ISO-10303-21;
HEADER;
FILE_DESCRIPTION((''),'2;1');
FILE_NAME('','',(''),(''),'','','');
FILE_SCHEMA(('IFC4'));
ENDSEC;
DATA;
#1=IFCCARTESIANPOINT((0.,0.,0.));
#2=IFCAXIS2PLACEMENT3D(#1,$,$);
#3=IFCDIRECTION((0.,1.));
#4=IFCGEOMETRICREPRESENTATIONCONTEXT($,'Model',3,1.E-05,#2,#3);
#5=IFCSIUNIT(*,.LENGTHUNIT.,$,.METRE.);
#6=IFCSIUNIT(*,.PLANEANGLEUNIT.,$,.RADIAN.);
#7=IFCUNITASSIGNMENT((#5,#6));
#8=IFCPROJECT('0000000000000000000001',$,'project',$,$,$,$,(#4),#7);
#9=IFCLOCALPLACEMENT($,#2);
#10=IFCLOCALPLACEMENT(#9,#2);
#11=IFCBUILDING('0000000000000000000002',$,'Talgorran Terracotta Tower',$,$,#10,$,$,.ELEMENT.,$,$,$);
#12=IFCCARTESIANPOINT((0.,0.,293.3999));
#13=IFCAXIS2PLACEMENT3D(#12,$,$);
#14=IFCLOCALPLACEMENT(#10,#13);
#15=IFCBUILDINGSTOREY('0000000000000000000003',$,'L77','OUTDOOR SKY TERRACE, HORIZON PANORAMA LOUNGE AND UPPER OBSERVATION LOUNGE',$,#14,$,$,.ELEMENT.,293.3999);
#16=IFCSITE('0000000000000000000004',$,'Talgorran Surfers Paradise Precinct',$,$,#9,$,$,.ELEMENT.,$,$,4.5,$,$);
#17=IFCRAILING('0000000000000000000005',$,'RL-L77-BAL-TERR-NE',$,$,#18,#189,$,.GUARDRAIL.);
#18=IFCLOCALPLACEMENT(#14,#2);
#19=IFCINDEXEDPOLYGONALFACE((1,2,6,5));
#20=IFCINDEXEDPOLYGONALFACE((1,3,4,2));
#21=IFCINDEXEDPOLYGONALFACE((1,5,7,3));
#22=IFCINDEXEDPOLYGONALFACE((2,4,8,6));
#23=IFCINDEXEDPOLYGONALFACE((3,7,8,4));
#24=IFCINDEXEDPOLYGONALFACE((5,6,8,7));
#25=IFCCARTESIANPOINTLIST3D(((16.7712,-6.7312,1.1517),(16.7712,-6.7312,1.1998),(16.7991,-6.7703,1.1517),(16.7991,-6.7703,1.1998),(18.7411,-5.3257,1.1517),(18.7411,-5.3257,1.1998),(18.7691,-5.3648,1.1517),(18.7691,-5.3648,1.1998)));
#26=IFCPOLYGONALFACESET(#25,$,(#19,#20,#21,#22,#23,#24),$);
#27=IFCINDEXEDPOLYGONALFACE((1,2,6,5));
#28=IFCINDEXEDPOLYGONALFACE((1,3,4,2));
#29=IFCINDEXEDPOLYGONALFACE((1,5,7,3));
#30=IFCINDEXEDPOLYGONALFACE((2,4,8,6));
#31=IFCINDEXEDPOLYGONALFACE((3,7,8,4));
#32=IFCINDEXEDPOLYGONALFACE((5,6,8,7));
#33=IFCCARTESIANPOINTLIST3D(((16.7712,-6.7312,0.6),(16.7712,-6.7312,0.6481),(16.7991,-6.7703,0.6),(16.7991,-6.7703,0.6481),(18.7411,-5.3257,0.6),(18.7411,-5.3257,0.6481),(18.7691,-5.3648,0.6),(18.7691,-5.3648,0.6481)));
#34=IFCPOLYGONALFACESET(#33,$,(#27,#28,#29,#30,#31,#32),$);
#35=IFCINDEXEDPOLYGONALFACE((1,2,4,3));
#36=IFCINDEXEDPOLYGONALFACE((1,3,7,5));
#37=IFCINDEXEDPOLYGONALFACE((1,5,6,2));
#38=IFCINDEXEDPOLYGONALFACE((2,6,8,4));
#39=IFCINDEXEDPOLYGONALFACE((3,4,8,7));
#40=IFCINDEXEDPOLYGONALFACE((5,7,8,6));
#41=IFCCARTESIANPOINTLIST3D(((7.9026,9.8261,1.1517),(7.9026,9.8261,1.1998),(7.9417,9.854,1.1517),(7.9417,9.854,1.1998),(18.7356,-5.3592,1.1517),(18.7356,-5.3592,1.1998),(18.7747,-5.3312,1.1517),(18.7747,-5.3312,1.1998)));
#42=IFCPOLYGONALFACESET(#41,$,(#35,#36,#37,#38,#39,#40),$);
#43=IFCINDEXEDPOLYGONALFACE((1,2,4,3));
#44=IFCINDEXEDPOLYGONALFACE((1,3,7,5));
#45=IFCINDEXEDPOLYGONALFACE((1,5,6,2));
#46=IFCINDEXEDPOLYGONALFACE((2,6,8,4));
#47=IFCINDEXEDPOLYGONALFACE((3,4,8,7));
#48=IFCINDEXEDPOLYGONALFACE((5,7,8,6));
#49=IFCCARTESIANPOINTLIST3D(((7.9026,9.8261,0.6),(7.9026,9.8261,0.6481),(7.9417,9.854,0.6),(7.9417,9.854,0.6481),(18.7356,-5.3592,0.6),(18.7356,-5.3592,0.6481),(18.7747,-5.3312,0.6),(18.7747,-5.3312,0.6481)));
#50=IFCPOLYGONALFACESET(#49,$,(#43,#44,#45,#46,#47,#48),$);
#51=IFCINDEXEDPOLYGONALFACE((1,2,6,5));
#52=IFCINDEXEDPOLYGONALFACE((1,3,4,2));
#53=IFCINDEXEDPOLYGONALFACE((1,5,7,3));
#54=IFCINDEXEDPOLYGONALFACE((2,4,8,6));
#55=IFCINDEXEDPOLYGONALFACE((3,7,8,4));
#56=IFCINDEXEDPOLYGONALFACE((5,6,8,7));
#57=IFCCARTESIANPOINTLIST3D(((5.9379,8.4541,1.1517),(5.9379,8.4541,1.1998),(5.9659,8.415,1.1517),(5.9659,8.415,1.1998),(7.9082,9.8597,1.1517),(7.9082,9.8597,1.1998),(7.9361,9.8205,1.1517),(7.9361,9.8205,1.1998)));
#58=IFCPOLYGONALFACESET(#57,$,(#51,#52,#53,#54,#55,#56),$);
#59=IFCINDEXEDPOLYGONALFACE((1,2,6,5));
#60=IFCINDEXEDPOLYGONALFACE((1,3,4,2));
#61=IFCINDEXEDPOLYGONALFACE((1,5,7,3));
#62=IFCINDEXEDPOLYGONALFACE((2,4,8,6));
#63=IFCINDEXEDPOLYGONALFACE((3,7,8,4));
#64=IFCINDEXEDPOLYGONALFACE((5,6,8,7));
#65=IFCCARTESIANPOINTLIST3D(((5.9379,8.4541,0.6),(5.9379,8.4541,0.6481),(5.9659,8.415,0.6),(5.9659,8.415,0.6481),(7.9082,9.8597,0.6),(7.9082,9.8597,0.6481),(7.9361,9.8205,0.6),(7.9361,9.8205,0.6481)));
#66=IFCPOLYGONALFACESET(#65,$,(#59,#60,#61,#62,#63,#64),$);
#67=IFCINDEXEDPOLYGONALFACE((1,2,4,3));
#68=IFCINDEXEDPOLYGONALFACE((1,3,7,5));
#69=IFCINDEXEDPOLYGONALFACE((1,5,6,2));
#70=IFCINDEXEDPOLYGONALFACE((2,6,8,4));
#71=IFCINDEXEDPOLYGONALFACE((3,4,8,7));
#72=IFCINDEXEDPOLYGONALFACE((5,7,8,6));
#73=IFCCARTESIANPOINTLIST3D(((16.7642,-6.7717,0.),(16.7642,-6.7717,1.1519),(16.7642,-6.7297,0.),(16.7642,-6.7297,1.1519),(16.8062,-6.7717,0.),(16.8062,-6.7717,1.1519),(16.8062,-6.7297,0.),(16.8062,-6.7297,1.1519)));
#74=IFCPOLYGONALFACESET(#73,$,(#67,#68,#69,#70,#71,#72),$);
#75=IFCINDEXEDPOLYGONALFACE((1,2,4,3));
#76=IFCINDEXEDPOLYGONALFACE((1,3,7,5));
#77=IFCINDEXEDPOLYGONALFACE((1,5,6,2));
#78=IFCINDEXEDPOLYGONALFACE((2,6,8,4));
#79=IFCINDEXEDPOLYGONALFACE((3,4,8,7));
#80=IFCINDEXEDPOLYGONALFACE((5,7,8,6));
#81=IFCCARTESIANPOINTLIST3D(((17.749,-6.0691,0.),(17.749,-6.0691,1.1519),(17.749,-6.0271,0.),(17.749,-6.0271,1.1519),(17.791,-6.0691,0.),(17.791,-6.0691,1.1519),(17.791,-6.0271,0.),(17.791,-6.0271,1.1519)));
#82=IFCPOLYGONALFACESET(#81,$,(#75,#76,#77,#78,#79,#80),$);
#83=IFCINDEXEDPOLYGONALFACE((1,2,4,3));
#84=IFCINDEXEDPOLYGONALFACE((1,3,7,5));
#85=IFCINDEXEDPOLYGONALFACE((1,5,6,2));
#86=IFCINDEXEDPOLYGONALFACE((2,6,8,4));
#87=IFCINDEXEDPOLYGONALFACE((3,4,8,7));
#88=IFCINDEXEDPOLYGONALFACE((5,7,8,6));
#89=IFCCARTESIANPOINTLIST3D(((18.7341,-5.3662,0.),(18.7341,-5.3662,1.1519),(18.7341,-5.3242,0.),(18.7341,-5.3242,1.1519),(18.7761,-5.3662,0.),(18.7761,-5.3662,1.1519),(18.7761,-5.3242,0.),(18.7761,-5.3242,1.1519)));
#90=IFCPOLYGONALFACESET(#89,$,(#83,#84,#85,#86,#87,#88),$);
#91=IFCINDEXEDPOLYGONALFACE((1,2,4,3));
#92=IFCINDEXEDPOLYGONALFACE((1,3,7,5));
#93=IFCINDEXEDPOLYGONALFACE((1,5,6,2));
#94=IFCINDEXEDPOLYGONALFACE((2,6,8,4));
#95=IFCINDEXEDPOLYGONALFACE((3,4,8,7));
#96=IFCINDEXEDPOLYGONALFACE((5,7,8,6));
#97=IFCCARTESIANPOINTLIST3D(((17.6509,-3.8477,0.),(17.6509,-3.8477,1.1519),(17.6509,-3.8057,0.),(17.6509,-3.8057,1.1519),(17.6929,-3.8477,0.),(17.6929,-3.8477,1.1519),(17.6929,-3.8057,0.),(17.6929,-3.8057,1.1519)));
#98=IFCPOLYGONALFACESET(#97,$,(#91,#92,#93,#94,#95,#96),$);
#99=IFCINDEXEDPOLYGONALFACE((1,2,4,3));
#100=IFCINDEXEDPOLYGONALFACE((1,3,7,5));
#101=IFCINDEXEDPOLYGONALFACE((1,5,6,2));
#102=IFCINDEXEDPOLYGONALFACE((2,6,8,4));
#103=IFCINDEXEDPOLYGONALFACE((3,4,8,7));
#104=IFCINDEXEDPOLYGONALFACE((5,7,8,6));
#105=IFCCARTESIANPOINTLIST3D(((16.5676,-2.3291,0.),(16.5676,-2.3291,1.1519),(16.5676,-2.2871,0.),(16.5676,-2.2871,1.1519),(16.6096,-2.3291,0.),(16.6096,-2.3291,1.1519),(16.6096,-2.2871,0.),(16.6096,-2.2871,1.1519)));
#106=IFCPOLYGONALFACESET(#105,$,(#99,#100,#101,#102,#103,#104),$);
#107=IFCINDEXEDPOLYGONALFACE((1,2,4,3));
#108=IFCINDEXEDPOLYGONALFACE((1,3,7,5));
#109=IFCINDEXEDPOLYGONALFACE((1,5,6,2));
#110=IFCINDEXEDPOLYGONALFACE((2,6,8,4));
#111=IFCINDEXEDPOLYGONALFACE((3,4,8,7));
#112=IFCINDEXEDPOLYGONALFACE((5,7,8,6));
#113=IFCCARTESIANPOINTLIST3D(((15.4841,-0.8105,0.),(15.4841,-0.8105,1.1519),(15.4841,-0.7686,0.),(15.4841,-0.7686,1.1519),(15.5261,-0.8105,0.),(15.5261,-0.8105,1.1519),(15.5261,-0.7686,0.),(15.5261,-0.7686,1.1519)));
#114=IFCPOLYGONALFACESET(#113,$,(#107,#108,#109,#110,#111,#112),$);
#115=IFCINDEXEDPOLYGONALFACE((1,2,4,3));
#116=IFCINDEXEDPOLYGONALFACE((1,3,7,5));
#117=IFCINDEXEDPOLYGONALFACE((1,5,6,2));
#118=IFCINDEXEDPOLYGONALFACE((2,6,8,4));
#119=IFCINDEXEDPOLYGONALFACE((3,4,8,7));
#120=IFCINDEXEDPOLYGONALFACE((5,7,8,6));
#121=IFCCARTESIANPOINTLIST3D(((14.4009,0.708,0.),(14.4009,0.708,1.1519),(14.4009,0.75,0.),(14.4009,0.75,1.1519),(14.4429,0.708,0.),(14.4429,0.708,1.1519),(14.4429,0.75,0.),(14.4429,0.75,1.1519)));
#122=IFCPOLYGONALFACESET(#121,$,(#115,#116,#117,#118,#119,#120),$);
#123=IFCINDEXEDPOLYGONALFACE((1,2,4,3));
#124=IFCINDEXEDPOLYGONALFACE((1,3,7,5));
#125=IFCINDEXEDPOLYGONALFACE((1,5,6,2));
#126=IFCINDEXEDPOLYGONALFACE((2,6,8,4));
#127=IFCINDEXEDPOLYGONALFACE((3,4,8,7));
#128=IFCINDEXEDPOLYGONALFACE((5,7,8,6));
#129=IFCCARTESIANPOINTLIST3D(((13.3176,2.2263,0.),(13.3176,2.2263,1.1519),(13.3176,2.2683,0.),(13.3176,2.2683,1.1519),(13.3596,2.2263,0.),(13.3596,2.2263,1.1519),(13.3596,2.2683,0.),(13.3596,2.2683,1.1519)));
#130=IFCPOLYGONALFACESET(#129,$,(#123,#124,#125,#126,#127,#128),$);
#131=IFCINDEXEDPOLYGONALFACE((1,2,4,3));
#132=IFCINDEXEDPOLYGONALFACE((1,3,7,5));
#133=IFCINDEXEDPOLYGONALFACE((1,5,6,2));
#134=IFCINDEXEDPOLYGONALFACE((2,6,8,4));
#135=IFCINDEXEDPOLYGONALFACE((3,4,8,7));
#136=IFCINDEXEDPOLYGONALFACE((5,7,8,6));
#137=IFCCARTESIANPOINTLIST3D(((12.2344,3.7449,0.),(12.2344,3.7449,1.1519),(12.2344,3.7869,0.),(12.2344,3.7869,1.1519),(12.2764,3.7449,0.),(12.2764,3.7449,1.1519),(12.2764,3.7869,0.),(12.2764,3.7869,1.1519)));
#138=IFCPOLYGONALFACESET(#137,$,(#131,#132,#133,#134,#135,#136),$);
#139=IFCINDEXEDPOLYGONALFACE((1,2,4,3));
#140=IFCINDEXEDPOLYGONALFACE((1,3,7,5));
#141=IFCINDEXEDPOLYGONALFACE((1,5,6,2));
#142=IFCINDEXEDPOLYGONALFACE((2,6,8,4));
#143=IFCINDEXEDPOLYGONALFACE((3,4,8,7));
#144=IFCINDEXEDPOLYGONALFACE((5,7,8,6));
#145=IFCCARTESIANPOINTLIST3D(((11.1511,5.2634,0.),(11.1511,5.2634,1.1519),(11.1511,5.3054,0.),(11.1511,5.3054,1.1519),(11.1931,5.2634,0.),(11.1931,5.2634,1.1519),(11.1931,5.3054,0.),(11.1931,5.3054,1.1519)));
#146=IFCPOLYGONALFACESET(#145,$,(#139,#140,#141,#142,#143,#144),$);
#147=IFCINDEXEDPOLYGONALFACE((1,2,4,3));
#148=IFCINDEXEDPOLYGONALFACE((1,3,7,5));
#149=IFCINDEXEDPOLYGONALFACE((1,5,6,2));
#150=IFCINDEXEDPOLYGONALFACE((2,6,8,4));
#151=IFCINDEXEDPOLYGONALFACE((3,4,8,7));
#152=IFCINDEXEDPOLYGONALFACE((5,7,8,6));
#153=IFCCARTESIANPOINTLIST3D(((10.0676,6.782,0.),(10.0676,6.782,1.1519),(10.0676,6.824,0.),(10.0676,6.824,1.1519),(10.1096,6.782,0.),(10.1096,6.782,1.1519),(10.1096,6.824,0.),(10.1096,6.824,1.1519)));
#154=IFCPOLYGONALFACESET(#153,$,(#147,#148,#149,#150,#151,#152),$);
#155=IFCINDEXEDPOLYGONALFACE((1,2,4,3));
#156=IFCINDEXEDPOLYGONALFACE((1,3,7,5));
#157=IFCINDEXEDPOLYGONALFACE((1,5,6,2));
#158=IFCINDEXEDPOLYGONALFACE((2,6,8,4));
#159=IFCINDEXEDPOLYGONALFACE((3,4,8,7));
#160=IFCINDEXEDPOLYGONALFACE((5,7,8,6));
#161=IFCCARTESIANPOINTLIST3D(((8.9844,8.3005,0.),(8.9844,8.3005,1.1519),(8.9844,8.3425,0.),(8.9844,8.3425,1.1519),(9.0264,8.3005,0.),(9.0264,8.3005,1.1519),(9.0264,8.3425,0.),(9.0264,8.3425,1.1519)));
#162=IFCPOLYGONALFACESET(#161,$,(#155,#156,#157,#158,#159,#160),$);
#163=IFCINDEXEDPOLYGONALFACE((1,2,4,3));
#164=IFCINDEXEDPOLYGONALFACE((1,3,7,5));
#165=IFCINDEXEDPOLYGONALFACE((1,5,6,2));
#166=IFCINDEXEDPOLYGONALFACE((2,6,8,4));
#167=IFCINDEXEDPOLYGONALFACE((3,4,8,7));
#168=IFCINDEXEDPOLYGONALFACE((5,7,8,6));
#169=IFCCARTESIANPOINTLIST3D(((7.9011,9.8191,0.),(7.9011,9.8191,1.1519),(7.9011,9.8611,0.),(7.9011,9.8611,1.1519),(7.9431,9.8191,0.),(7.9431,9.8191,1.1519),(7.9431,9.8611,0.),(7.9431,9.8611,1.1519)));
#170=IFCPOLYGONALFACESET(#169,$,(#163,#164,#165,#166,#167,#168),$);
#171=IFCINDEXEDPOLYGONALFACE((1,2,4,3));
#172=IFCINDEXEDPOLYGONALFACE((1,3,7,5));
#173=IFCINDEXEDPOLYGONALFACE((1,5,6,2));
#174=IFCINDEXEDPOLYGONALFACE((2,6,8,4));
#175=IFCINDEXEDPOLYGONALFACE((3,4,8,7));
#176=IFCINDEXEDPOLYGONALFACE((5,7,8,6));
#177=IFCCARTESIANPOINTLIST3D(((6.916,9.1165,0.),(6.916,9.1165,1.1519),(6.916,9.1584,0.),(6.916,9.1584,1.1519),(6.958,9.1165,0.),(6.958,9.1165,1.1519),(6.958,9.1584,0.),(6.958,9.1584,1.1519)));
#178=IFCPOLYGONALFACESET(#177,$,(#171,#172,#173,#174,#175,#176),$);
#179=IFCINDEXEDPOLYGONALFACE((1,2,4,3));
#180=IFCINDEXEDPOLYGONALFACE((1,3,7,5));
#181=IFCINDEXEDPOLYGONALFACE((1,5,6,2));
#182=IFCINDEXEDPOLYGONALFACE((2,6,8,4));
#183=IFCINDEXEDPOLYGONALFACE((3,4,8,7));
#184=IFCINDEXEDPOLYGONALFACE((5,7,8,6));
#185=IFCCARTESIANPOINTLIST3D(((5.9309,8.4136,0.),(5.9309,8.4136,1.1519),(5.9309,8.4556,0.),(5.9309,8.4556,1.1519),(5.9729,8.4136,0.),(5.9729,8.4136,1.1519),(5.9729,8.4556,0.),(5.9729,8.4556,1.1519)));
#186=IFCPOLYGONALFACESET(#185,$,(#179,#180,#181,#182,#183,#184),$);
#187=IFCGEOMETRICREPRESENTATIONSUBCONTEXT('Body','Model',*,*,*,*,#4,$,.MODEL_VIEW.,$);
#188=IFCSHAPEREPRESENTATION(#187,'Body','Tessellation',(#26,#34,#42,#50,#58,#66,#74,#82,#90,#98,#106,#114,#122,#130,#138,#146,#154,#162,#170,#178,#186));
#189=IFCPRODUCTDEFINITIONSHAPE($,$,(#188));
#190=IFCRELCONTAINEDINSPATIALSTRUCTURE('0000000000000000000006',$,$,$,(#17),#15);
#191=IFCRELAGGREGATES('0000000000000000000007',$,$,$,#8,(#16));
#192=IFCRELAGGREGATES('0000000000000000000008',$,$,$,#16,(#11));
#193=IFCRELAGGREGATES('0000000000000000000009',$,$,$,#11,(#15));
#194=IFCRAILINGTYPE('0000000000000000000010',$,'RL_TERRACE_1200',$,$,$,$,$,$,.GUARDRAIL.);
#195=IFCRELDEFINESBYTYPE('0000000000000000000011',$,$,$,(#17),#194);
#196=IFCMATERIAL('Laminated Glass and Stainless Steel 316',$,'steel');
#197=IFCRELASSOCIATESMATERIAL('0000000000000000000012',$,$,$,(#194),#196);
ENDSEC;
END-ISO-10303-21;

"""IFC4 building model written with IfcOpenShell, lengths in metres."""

from ifc_helpers import new_model, si_unit, direction, frame, origin, origin_2d, place, context, subcontext, project, spatial, rectangle, extrude, material, type_object, element, save


model = new_model("IFC4")

# Units and contexts
model_context = context("Model", 3, precision=1e-05, world=origin(), true_north=direction((0.0, 1.0)))
body_context = subcontext(model_context, "Body", "Model", "MODEL_VIEW")
ifc_project = project(units=[si_unit("LENGTHUNIT", "METRE"), si_unit("PLANEANGLEUNIT", "RADIAN")], contexts=[model_context])

# Site, building, storey
site_placement = place(None, origin())
site = spatial("IfcSite", under=ifc_project, at=site_placement, Name="Talgorran Surfers Paradise Precinct", CompositionType="ELEMENT", RefElevation=4.5)
building_placement = place(site_placement, origin())
building = spatial("IfcBuilding", under=site, at=building_placement, Name="Talgorran Terracotta Tower", CompositionType="ELEMENT")
storey_placement = place(building_placement, frame((0.0, 0.0, 293.3999)))
storey = spatial("IfcBuildingStorey", under=building, at=storey_placement, Name="L77", Description="OUTDOOR SKY TERRACE, HORIZON PANORAMA LOUNGE AND UPPER OBSERVATION LOUNGE", CompositionType="ELEMENT", Elevation=293.3999)

# Railing
ifc_material_1 = material(Name="Laminated Glass and Stainless Steel 316", Category="steel")
railing_type_1 = type_object("IfcRailingType", Name="RL_TERRACE_1200", PredefinedType="GUARDRAIL", material=ifc_material_1)
railing_1_placement = place(storey_placement, frame((16.7852, -6.7507, 0.0)))
element("IfcRailing", 1, at=railing_1_placement, inside=storey, type_object=railing_type_1, Name="RL-L77-BAL-TERR-NE", PredefinedType="GUARDRAIL", context=body_context, shape_type="SweptSolid", body=[
    extrude(rectangle(XDim=0.0481, YDim=0.0481, at=origin_2d()), frame((0.0, 0.0, 1.1758), z_axis=(0.814047, 0.580799, 0.0), x_axis=(-0.580799, 0.814047, 0.0)), (0.0, 0.0, 1.0), 2.4199),
    extrude(rectangle(XDim=0.0481, YDim=0.0481, at=origin_2d()), frame((0.0, 0.0, 0.624), z_axis=(0.814047, 0.580799, 0.0), x_axis=(-0.580799, 0.814047, 0.0)), (0.0, 0.0, 1.0), 2.4199),
    extrude(rectangle(XDim=0.0481, YDim=0.0481, at=origin_2d()), frame((1.97, 1.4055, 1.1758), z_axis=(-0.580754, 0.814079, 0.0), x_axis=(-0.814079, -0.580754, 0.0)), (0.0, 0.0, 1.0), 18.6533),
    extrude(rectangle(XDim=0.0481, YDim=0.0481, at=origin_2d()), frame((1.97, 1.4055, 0.624), z_axis=(-0.580754, 0.814079, 0.0), x_axis=(-0.814079, -0.580754, 0.0)), (0.0, 0.0, 1.0), 18.6533),
    extrude(rectangle(XDim=0.0481, YDim=0.0481, at=origin_2d()), frame((-8.863, 16.5908, 1.1758), z_axis=(-0.814081, -0.580751, 0.0), x_axis=(0.580751, -0.814081, 0.0)), (0.0, 0.0, 1.0), 2.4202),
    extrude(rectangle(XDim=0.0481, YDim=0.0481, at=origin_2d()), frame((-8.863, 16.5908, 0.624), z_axis=(-0.814081, -0.580751, 0.0), x_axis=(0.580751, -0.814081, 0.0)), (0.0, 0.0, 1.0), 2.4202),
    extrude(rectangle(XDim=0.042, YDim=0.042, at=origin_2d()), origin(), (0.0, 0.0, 1.0), 1.1519),
    extrude(rectangle(XDim=0.042, YDim=0.042, at=origin_2d()), frame((0.9849, 0.7026, 0.0)), (0.0, 0.0, 1.0), 1.1519),
    extrude(rectangle(XDim=0.042, YDim=0.042, at=origin_2d()), frame((1.97, 1.4055, 0.0)), (0.0, 0.0, 1.0), 1.1519),
    extrude(rectangle(XDim=0.042, YDim=0.042, at=origin_2d()), frame((0.8867, 2.9241, 0.0)), (0.0, 0.0, 1.0), 1.1519),
    extrude(rectangle(XDim=0.042, YDim=0.042, at=origin_2d()), frame((-0.1965, 4.4426, 0.0)), (0.0, 0.0, 1.0), 1.1519),
    extrude(rectangle(XDim=0.042, YDim=0.042, at=origin_2d()), frame((-1.28, 5.9612, 0.0)), (0.0, 0.0, 1.0), 1.1519),
    extrude(rectangle(XDim=0.042, YDim=0.042, at=origin_2d()), frame((-2.3633, 7.4797, 0.0)), (0.0, 0.0, 1.0), 1.1519),
    extrude(rectangle(XDim=0.042, YDim=0.042, at=origin_2d()), frame((-3.4465, 8.998, 0.0)), (0.0, 0.0, 1.0), 1.1519),
    extrude(rectangle(XDim=0.042, YDim=0.042, at=origin_2d()), frame((-4.5298, 10.5166, 0.0)), (0.0, 0.0, 1.0), 1.1519),
    extrude(rectangle(XDim=0.042, YDim=0.042, at=origin_2d()), frame((-5.613, 12.0352, 0.0)), (0.0, 0.0, 1.0), 1.1519),
    extrude(rectangle(XDim=0.042, YDim=0.042, at=origin_2d()), frame((-6.6965, 13.5537, 0.0)), (0.0, 0.0, 1.0), 1.1519),
    extrude(rectangle(XDim=0.042, YDim=0.042, at=origin_2d()), frame((-7.7798, 15.0723, 0.0)), (0.0, 0.0, 1.0), 1.1519),
    extrude(rectangle(XDim=0.042, YDim=0.042, at=origin_2d()), frame((-8.863, 16.5908, 0.0)), (0.0, 0.0, 1.0), 1.1519),
    extrude(rectangle(XDim=0.042, YDim=0.042, at=origin_2d()), frame((-9.8481, 15.8882, 0.0)), (0.0, 0.0, 1.0), 1.1519),
    extrude(rectangle(XDim=0.042, YDim=0.042, at=origin_2d()), frame((-10.8333, 15.1853, 0.0)), (0.0, 0.0, 1.0), 1.1519),
])

save(model, "model.ifc")
